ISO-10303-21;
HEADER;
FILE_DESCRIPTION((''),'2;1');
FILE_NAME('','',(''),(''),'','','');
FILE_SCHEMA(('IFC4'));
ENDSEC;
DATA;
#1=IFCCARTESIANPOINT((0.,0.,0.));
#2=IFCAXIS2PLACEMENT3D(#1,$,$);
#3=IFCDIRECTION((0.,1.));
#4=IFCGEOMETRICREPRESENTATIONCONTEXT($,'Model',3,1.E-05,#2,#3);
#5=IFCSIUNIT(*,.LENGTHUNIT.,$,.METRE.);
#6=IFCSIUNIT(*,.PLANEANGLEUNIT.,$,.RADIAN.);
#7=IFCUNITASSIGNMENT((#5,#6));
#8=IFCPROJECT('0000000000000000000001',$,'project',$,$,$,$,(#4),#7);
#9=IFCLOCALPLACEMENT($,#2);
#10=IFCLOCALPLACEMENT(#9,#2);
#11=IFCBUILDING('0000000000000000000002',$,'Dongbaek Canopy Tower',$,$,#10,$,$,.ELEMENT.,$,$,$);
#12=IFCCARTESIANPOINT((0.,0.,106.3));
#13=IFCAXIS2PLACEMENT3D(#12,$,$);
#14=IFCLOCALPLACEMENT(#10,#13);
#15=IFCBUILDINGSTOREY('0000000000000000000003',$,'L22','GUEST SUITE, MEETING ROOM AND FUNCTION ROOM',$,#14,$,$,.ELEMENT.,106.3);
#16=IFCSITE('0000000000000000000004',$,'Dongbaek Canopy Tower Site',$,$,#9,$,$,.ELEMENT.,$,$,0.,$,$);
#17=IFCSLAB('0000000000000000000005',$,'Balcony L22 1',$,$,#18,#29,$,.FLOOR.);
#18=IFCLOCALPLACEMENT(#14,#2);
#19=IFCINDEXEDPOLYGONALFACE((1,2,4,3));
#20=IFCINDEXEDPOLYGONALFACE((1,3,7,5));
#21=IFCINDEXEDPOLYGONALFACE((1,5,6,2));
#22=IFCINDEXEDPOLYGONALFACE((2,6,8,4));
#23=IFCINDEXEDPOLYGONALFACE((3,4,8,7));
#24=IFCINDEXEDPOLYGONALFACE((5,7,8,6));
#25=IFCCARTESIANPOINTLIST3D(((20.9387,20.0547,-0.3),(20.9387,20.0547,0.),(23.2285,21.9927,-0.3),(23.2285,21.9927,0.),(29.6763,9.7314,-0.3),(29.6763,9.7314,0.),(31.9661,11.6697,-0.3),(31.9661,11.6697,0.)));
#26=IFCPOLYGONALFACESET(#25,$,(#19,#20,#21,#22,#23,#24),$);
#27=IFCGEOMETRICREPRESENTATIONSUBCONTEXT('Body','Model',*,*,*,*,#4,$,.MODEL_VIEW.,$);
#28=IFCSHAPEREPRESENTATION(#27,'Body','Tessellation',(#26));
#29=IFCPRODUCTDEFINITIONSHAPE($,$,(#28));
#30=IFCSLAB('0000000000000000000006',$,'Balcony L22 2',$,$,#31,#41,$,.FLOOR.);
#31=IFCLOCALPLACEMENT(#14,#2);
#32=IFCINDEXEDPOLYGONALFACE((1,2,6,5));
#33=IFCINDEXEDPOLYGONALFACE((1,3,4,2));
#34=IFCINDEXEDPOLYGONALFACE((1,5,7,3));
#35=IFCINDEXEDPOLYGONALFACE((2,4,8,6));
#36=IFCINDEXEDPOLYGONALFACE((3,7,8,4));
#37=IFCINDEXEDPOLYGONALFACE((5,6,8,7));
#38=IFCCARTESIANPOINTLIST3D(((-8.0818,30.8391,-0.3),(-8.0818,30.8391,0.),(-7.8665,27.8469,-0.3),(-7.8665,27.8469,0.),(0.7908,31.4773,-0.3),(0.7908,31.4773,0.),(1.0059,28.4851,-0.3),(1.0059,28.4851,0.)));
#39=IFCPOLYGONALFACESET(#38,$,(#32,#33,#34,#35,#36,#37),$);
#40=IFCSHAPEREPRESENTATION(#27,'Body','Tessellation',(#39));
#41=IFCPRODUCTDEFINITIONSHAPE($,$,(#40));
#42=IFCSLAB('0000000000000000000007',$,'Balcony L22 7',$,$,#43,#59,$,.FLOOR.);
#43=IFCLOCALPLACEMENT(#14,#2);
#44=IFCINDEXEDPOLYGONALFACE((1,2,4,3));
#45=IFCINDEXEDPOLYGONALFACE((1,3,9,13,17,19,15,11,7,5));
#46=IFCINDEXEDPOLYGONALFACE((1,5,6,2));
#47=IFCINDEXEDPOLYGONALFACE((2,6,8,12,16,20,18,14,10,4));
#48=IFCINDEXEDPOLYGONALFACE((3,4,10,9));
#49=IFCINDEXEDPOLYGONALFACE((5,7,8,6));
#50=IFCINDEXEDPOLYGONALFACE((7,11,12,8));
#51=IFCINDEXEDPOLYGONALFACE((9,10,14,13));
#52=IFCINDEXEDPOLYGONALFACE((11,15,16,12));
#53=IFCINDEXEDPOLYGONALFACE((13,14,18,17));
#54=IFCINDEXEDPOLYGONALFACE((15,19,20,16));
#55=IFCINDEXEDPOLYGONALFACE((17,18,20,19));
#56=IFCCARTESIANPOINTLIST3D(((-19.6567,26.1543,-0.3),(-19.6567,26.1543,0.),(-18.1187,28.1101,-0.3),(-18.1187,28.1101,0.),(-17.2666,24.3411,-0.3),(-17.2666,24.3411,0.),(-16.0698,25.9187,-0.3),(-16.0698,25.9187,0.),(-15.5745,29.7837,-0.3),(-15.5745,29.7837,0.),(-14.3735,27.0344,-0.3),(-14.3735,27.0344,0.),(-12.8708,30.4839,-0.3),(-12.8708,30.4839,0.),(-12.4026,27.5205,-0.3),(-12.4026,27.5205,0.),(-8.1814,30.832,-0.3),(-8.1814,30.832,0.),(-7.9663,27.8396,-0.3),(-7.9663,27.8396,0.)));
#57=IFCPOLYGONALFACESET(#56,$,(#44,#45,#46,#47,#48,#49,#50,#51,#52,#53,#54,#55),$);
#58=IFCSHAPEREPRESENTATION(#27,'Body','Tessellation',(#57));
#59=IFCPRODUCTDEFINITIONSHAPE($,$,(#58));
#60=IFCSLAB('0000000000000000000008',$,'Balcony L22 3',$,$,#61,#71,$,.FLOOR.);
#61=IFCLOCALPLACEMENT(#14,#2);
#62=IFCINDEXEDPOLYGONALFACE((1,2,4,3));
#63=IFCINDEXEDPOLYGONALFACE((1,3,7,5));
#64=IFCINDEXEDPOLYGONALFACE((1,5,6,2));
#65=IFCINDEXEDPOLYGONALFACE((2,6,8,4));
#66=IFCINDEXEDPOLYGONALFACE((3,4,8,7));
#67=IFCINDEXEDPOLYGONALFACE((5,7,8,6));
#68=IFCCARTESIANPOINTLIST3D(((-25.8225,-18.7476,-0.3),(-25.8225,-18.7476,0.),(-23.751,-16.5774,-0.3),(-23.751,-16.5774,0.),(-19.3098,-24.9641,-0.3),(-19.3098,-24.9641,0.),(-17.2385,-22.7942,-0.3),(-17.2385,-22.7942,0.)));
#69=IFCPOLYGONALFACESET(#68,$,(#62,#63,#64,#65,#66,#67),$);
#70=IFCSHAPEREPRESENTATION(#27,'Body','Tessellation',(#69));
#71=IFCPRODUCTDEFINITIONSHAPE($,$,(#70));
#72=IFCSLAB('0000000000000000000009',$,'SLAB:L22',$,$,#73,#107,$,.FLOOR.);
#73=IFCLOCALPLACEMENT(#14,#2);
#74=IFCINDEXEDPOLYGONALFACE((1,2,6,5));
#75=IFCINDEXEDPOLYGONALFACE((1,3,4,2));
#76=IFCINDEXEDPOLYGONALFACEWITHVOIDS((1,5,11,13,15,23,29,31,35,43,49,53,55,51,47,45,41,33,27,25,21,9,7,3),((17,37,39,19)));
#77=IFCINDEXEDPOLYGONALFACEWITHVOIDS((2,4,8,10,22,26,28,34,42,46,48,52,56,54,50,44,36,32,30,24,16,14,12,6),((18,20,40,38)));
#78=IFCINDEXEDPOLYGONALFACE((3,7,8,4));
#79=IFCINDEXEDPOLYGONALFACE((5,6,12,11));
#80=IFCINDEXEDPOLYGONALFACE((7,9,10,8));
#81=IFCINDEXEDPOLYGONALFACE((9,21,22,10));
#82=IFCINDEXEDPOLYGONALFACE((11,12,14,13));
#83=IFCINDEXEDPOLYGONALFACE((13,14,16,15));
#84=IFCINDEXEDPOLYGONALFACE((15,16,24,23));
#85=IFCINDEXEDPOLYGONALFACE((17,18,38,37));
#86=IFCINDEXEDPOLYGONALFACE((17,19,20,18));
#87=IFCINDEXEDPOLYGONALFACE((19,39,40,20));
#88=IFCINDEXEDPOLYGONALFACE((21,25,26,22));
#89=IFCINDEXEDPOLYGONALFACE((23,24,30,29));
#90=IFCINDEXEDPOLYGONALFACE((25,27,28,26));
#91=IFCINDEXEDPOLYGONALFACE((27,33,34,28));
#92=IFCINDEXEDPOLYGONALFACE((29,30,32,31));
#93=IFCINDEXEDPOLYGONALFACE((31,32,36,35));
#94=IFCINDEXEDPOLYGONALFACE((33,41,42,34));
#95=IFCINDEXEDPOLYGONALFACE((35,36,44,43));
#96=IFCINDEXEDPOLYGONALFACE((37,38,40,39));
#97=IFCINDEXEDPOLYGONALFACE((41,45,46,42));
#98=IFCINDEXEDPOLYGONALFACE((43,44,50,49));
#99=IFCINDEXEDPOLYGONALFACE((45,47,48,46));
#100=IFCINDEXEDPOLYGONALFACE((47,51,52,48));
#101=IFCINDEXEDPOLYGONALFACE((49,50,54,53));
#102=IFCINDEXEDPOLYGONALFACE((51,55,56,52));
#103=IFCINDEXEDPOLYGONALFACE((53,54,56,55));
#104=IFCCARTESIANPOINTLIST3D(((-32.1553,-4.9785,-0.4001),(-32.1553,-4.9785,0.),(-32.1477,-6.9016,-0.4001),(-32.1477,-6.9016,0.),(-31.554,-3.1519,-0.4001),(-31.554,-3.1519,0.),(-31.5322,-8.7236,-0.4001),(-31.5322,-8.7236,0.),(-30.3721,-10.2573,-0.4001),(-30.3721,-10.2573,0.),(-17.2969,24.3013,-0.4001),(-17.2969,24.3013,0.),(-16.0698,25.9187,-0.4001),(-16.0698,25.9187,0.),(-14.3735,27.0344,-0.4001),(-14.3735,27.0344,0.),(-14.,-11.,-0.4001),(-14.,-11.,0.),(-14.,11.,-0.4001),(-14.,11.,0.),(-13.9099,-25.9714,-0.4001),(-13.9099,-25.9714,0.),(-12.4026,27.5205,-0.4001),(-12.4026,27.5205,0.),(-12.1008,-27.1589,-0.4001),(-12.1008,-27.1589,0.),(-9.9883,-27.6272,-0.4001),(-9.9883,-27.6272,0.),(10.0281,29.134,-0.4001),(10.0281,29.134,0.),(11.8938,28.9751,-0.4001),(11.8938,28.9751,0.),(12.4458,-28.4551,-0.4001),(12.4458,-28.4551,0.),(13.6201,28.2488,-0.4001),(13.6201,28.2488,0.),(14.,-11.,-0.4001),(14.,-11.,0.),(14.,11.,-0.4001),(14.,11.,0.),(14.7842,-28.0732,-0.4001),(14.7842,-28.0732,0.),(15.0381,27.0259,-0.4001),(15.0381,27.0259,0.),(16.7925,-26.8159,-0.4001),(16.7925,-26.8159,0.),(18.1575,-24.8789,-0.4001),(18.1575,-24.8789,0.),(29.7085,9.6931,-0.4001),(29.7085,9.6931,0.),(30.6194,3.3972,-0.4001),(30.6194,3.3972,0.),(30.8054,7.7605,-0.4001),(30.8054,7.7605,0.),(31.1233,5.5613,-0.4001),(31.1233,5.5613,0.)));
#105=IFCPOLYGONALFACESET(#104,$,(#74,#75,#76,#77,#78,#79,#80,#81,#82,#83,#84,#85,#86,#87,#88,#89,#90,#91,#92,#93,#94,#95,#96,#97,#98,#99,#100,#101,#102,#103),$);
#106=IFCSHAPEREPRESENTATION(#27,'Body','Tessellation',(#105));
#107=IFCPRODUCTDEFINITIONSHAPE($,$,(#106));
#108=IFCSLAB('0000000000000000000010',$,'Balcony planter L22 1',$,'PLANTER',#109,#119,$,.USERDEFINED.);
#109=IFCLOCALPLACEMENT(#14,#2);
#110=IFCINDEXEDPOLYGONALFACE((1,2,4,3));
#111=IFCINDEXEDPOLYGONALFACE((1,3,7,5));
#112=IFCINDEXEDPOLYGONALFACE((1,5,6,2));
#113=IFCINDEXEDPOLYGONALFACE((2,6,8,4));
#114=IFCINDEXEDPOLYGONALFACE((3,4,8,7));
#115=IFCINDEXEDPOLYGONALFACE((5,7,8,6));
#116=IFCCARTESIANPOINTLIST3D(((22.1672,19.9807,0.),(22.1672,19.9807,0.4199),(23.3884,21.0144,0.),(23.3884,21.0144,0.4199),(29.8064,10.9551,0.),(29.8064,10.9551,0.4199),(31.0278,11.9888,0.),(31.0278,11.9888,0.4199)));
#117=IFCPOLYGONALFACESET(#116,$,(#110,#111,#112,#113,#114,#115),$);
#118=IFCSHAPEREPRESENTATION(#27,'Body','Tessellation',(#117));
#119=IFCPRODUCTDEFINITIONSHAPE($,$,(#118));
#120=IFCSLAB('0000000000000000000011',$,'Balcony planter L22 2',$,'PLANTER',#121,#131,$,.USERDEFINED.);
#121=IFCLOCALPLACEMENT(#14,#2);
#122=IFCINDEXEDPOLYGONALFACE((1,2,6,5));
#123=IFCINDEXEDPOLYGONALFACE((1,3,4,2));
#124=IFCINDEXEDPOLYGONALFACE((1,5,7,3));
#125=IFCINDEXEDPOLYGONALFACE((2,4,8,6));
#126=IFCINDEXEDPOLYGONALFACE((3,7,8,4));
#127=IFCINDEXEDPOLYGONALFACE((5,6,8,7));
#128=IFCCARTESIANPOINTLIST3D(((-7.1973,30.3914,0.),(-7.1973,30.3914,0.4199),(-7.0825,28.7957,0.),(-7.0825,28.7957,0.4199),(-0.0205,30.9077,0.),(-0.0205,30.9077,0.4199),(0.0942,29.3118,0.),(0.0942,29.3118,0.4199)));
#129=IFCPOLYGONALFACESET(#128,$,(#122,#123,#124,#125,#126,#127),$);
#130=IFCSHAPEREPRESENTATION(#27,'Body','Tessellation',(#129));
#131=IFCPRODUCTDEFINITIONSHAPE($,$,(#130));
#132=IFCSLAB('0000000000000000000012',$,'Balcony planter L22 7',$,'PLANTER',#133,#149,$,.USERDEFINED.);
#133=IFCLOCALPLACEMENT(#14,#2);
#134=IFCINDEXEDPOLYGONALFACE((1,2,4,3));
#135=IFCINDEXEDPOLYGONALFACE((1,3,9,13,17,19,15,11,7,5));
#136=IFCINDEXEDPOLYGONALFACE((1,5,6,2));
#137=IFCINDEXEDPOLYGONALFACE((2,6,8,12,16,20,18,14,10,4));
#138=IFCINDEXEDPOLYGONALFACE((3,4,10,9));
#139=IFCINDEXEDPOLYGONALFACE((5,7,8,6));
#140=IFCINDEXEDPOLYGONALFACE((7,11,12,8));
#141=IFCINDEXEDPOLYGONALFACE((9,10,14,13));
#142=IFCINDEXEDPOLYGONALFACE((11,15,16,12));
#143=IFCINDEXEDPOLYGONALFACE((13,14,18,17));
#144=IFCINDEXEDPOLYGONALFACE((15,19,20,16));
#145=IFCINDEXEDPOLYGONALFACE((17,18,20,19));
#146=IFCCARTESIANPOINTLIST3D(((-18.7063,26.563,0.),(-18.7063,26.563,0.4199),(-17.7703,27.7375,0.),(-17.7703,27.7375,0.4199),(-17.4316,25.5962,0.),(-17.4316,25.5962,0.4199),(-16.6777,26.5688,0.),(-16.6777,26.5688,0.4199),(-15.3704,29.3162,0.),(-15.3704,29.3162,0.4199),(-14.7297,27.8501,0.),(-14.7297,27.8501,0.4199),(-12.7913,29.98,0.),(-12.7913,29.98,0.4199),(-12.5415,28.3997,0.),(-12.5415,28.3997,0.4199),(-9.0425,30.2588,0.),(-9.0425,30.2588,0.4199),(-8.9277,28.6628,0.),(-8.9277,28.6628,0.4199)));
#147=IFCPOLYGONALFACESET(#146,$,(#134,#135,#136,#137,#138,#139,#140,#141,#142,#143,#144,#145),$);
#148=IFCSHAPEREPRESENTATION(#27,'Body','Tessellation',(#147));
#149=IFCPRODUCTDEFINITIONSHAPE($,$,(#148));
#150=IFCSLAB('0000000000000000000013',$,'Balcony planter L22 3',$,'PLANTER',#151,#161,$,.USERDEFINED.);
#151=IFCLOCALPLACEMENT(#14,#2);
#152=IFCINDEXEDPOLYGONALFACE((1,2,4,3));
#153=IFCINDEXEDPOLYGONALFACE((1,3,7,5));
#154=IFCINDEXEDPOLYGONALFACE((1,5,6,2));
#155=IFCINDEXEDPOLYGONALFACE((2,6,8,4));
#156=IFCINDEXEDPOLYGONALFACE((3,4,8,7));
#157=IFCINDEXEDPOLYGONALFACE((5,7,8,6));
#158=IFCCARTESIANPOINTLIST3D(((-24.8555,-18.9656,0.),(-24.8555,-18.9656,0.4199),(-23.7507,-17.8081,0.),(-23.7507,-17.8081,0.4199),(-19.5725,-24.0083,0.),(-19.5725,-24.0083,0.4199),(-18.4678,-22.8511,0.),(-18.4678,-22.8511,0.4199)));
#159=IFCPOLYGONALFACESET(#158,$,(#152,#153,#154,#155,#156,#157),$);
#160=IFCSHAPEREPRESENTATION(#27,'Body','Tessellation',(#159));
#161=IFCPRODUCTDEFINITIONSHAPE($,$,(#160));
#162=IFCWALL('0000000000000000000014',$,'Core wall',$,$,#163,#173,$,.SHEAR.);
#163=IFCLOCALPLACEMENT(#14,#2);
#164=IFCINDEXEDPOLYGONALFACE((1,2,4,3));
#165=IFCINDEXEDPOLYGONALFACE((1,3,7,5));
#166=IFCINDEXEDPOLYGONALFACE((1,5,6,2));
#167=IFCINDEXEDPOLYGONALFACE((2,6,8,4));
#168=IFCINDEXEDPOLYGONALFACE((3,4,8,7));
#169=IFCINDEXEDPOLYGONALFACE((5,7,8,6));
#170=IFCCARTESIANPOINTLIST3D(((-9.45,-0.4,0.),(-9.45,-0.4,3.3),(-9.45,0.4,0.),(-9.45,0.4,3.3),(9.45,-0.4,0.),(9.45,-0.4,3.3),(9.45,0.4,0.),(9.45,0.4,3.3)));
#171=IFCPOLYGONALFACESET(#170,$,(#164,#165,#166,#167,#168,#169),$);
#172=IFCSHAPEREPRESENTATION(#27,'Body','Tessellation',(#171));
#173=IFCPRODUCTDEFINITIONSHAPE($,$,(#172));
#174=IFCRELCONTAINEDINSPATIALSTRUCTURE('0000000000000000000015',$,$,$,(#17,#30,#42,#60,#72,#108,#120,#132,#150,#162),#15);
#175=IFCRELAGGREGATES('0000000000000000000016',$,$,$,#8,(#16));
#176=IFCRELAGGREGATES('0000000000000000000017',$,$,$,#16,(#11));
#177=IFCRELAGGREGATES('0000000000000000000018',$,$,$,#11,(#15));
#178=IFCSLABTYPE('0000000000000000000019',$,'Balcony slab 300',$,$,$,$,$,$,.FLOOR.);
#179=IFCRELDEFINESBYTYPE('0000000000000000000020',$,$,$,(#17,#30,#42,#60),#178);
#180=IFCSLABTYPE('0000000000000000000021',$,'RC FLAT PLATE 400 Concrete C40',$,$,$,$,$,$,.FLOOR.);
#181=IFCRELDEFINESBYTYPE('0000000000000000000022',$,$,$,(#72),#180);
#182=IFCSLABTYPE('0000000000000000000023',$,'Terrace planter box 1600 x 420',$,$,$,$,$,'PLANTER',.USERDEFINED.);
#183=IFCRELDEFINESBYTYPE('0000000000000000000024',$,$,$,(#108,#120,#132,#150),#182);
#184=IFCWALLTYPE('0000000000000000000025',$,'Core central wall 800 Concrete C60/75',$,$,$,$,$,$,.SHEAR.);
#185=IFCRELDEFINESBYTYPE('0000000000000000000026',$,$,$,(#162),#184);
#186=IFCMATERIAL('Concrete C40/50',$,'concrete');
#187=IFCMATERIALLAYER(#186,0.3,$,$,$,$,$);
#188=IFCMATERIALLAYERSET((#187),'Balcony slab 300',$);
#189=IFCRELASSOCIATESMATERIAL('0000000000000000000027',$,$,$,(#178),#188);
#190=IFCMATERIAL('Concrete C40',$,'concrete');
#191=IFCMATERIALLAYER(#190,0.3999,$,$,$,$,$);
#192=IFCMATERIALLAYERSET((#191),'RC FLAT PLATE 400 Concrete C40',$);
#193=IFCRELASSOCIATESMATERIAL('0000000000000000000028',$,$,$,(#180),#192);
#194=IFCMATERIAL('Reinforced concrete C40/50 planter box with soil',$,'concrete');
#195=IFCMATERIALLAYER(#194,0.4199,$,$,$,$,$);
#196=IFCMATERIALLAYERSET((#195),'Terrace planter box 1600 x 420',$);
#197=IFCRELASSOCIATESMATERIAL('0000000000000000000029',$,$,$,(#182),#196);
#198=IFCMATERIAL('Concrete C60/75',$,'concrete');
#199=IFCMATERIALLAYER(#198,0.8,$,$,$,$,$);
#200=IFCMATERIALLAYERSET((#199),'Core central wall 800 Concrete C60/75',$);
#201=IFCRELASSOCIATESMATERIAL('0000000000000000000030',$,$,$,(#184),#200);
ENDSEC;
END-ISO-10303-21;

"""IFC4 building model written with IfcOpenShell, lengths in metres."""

from ifc_helpers import new_model, si_unit, direction, frame, frame_2d, origin, place, context, subcontext, project, spatial, polyline, rectangle, outline, extrude, material, layer, layer_set, type_object, element, save


model = new_model("IFC4")

# Units and contexts
model_context = context("Model", 3, precision=1e-05, world=origin(), true_north=direction((0.0, 1.0)))
body_context = subcontext(model_context, "Body", "Model", "MODEL_VIEW")
ifc_project = project(units=[si_unit("LENGTHUNIT", "METRE"), si_unit("PLANEANGLEUNIT", "RADIAN")], contexts=[model_context])

# Site, building, storey
site_placement = place(None, origin())
site = spatial("IfcSite", under=ifc_project, at=site_placement, Name="Dongbaek Canopy Tower Site", CompositionType="ELEMENT", RefElevation=0.0)
building_placement = place(site_placement, origin())
building = spatial("IfcBuilding", under=site, at=building_placement, Name="Dongbaek Canopy Tower", CompositionType="ELEMENT")
storey_placement = place(building_placement, frame((0.0, 0.0, 106.3)))
storey = spatial("IfcBuildingStorey", under=building, at=storey_placement, Name="L22", Description="GUEST SUITE, MEETING ROOM AND FUNCTION ROOM", CompositionType="ELEMENT", Elevation=106.3)

# Slabs
ifc_material_1 = material(Name="Concrete C40/50", Category="concrete")
ifc_layer_1 = layer(ifc_material_1, 0.3)
ifc_layer_set_1 = layer_set([ifc_layer_1], Name="Balcony slab 300")
slab_type_1 = type_object("IfcSlabType", Name="Balcony slab 300", PredefinedType="FLOOR", material=ifc_layer_set_1)
slab_1_placement = place(storey_placement, frame((0.0, 0.0, -0.3)))
element("IfcSlab", 1, at=slab_1_placement, inside=storey, type_object=slab_type_1, Name="Balcony L22 1", PredefinedType="FLOOR", context=body_context, shape_type="SweptSolid", body=[
    extrude(outline(polyline([(29.6763, 9.7314), (20.9387, 20.0547), (23.2285, 21.9927), (31.9661, 11.6697), (29.6763, 9.7314)])), origin(), (0.0, 0.0, 1.0), 0.3),
])
slab_2_placement = place(storey_placement, frame((0.0, 0.0, -0.3)))
element("IfcSlab", 2, at=slab_2_placement, inside=storey, type_object=slab_type_1, Name="Balcony L22 2", PredefinedType="FLOOR", context=body_context, shape_type="SweptSolid", body=[
    extrude(outline(polyline([(1.0059, 28.4851), (-7.8665, 27.8469), (-8.0818, 30.8391), (0.7908, 31.4773), (1.0059, 28.4851)])), origin(), (0.0, 0.0, 1.0), 0.3),
])
slab_3_placement = place(storey_placement, frame((0.0, 0.0, -0.3)))
element("IfcSlab", 3, at=slab_3_placement, inside=storey, type_object=slab_type_1, Name="Balcony L22 7", PredefinedType="FLOOR", context=body_context, shape_type="SweptSolid", body=[
    extrude(outline(polyline([(-7.9663, 27.8396), (-12.4026, 27.5205), (-14.3735, 27.0344), (-16.0698, 25.9187), (-17.2666, 24.3411), (-19.6567, 26.1543), (-18.1187, 28.1101), (-15.5745, 29.7837), (-12.8708, 30.4839), (-8.1814, 30.832), (-7.9663, 27.8396)])), origin(), (0.0, 0.0, 1.0), 0.3),
])
slab_4_placement = place(storey_placement, frame((0.0, 0.0, -0.3)))
element("IfcSlab", 4, at=slab_4_placement, inside=storey, type_object=slab_type_1, Name="Balcony L22 3", PredefinedType="FLOOR", context=body_context, shape_type="SweptSolid", body=[
    extrude(outline(polyline([(-23.751, -16.5774), (-17.2385, -22.7942), (-19.3098, -24.9641), (-25.8225, -18.7476), (-23.751, -16.5774)])), origin(), (0.0, 0.0, 1.0), 0.3),
])
ifc_material_2 = material(Name="Concrete C40", Category="concrete")
ifc_layer_2 = layer(ifc_material_2, 0.3999)
ifc_layer_set_2 = layer_set([ifc_layer_2], Name="RC FLAT PLATE 400 Concrete C40")
slab_type_2 = type_object("IfcSlabType", Name="RC FLAT PLATE 400 Concrete C40", PredefinedType="FLOOR", material=ifc_layer_set_2)
slab_5_placement = place(storey_placement, frame((0.0, 0.0, -0.4001)))
element("IfcSlab", 5, at=slab_5_placement, inside=storey, type_object=slab_type_2, Name="SLAB:L22", PredefinedType="FLOOR", context=body_context, shape_type="SweptSolid", body=[
    extrude(outline(polyline([(18.1575, -24.8789), (16.7925, -26.8159), (14.7842, -28.0732), (12.4458, -28.4551), (-9.9883, -27.6272), (-12.1008, -27.1589), (-13.9099, -25.9714), (-30.3721, -10.2573), (-31.5322, -8.7236), (-32.1477, -6.9016), (-32.1553, -4.9785), (-31.554, -3.1519), (-17.2969, 24.3013), (-16.0698, 25.9187), (-14.3735, 27.0344), (-12.4026, 27.5205), (10.0281, 29.134), (11.8938, 28.9751), (13.6201, 28.2488), (15.0381, 27.0259), (29.7085, 9.6931), (30.8054, 7.7605), (31.1233, 5.5613), (30.6194, 3.3972), (18.1575, -24.8789)]), holes=[polyline([(14.0, 11.0), (-14.0, 11.0), (-14.0, -11.0), (14.0, -11.0), (14.0, 11.0)])]), origin(), (0.0, 0.0, 1.0), 0.4001),
])
ifc_material_3 = material(Name="Reinforced concrete C40/50 planter box with soil", Category="concrete")
ifc_layer_3 = layer(ifc_material_3, 0.4199)
ifc_layer_set_3 = layer_set([ifc_layer_3], Name="Terrace planter box 1600 x 420")
slab_type_3 = type_object("IfcSlabType", Name="Terrace planter box 1600 x 420", ElementType="PLANTER", PredefinedType="USERDEFINED", material=ifc_layer_set_3)
slab_6_placement = place(storey_placement, origin())
element("IfcSlab", 6, at=slab_6_placement, inside=storey, type_object=slab_type_3, Name="Balcony planter L22 1", ObjectType="PLANTER", PredefinedType="USERDEFINED", context=body_context, shape_type="SweptSolid", body=[
    extrude(outline(polyline([(29.8064, 10.9551), (22.1672, 19.9807), (23.3884, 21.0144), (31.0278, 11.9888), (29.8064, 10.9551)])), origin(), (0.0, 0.0, 1.0), 0.4199),
])
slab_7_placement = place(storey_placement, origin())
element("IfcSlab", 7, at=slab_7_placement, inside=storey, type_object=slab_type_3, Name="Balcony planter L22 2", ObjectType="PLANTER", PredefinedType="USERDEFINED", context=body_context, shape_type="SweptSolid", body=[
    extrude(outline(polyline([(0.0942, 29.3118), (-7.0825, 28.7957), (-7.1973, 30.3914), (-0.0205, 30.9077), (0.0942, 29.3118)])), origin(), (0.0, 0.0, 1.0), 0.4199),
])
slab_8_placement = place(storey_placement, origin())
element("IfcSlab", 8, at=slab_8_placement, inside=storey, type_object=slab_type_3, Name="Balcony planter L22 7", ObjectType="PLANTER", PredefinedType="USERDEFINED", context=body_context, shape_type="SweptSolid", body=[
    extrude(outline(polyline([(-8.9277, 28.6628), (-12.5415, 28.3997), (-14.7297, 27.8501), (-16.6777, 26.5688), (-17.4316, 25.5962), (-18.7063, 26.563), (-17.7703, 27.7375), (-15.3704, 29.3162), (-12.7913, 29.98), (-9.0425, 30.2588), (-8.9277, 28.6628)])), origin(), (0.0, 0.0, 1.0), 0.4199),
])
slab_9_placement = place(storey_placement, origin())
element("IfcSlab", 9, at=slab_9_placement, inside=storey, type_object=slab_type_3, Name="Balcony planter L22 3", ObjectType="PLANTER", PredefinedType="USERDEFINED", context=body_context, shape_type="SweptSolid", body=[
    extrude(outline(polyline([(-23.7507, -17.8081), (-18.4678, -22.8511), (-19.5725, -24.0083), (-24.8555, -18.9656), (-23.7507, -17.8081)])), origin(), (0.0, 0.0, 1.0), 0.4199),
])

# Wall
ifc_material_4 = material(Name="Concrete C60/75", Category="concrete")
ifc_layer_4 = layer(ifc_material_4, 0.8)
ifc_layer_set_4 = layer_set([ifc_layer_4], Name="Core central wall 800 Concrete C60/75")
wall_type_1 = type_object("IfcWallType", Name="Core central wall 800 Concrete C60/75", PredefinedType="SHEAR", material=ifc_layer_set_4)
wall_1_placement = place(storey_placement, frame((-9.45, 0.0, 0.0), z_axis=(0.0, 0.0, 1.0), x_axis=(1.0, 0.0, 0.0)))
element("IfcWall", 10, at=wall_1_placement, inside=storey, type_object=wall_type_1, Name="Core wall", PredefinedType="SHEAR", context=body_context, shape_type="SweptSolid", body=[
    extrude(rectangle(XDim=18.8999, YDim=0.8, at=frame_2d((9.45, 0.0))), origin(), (0.0, 0.0, 1.0), 3.3),
])

save(model, "model.ifc")
